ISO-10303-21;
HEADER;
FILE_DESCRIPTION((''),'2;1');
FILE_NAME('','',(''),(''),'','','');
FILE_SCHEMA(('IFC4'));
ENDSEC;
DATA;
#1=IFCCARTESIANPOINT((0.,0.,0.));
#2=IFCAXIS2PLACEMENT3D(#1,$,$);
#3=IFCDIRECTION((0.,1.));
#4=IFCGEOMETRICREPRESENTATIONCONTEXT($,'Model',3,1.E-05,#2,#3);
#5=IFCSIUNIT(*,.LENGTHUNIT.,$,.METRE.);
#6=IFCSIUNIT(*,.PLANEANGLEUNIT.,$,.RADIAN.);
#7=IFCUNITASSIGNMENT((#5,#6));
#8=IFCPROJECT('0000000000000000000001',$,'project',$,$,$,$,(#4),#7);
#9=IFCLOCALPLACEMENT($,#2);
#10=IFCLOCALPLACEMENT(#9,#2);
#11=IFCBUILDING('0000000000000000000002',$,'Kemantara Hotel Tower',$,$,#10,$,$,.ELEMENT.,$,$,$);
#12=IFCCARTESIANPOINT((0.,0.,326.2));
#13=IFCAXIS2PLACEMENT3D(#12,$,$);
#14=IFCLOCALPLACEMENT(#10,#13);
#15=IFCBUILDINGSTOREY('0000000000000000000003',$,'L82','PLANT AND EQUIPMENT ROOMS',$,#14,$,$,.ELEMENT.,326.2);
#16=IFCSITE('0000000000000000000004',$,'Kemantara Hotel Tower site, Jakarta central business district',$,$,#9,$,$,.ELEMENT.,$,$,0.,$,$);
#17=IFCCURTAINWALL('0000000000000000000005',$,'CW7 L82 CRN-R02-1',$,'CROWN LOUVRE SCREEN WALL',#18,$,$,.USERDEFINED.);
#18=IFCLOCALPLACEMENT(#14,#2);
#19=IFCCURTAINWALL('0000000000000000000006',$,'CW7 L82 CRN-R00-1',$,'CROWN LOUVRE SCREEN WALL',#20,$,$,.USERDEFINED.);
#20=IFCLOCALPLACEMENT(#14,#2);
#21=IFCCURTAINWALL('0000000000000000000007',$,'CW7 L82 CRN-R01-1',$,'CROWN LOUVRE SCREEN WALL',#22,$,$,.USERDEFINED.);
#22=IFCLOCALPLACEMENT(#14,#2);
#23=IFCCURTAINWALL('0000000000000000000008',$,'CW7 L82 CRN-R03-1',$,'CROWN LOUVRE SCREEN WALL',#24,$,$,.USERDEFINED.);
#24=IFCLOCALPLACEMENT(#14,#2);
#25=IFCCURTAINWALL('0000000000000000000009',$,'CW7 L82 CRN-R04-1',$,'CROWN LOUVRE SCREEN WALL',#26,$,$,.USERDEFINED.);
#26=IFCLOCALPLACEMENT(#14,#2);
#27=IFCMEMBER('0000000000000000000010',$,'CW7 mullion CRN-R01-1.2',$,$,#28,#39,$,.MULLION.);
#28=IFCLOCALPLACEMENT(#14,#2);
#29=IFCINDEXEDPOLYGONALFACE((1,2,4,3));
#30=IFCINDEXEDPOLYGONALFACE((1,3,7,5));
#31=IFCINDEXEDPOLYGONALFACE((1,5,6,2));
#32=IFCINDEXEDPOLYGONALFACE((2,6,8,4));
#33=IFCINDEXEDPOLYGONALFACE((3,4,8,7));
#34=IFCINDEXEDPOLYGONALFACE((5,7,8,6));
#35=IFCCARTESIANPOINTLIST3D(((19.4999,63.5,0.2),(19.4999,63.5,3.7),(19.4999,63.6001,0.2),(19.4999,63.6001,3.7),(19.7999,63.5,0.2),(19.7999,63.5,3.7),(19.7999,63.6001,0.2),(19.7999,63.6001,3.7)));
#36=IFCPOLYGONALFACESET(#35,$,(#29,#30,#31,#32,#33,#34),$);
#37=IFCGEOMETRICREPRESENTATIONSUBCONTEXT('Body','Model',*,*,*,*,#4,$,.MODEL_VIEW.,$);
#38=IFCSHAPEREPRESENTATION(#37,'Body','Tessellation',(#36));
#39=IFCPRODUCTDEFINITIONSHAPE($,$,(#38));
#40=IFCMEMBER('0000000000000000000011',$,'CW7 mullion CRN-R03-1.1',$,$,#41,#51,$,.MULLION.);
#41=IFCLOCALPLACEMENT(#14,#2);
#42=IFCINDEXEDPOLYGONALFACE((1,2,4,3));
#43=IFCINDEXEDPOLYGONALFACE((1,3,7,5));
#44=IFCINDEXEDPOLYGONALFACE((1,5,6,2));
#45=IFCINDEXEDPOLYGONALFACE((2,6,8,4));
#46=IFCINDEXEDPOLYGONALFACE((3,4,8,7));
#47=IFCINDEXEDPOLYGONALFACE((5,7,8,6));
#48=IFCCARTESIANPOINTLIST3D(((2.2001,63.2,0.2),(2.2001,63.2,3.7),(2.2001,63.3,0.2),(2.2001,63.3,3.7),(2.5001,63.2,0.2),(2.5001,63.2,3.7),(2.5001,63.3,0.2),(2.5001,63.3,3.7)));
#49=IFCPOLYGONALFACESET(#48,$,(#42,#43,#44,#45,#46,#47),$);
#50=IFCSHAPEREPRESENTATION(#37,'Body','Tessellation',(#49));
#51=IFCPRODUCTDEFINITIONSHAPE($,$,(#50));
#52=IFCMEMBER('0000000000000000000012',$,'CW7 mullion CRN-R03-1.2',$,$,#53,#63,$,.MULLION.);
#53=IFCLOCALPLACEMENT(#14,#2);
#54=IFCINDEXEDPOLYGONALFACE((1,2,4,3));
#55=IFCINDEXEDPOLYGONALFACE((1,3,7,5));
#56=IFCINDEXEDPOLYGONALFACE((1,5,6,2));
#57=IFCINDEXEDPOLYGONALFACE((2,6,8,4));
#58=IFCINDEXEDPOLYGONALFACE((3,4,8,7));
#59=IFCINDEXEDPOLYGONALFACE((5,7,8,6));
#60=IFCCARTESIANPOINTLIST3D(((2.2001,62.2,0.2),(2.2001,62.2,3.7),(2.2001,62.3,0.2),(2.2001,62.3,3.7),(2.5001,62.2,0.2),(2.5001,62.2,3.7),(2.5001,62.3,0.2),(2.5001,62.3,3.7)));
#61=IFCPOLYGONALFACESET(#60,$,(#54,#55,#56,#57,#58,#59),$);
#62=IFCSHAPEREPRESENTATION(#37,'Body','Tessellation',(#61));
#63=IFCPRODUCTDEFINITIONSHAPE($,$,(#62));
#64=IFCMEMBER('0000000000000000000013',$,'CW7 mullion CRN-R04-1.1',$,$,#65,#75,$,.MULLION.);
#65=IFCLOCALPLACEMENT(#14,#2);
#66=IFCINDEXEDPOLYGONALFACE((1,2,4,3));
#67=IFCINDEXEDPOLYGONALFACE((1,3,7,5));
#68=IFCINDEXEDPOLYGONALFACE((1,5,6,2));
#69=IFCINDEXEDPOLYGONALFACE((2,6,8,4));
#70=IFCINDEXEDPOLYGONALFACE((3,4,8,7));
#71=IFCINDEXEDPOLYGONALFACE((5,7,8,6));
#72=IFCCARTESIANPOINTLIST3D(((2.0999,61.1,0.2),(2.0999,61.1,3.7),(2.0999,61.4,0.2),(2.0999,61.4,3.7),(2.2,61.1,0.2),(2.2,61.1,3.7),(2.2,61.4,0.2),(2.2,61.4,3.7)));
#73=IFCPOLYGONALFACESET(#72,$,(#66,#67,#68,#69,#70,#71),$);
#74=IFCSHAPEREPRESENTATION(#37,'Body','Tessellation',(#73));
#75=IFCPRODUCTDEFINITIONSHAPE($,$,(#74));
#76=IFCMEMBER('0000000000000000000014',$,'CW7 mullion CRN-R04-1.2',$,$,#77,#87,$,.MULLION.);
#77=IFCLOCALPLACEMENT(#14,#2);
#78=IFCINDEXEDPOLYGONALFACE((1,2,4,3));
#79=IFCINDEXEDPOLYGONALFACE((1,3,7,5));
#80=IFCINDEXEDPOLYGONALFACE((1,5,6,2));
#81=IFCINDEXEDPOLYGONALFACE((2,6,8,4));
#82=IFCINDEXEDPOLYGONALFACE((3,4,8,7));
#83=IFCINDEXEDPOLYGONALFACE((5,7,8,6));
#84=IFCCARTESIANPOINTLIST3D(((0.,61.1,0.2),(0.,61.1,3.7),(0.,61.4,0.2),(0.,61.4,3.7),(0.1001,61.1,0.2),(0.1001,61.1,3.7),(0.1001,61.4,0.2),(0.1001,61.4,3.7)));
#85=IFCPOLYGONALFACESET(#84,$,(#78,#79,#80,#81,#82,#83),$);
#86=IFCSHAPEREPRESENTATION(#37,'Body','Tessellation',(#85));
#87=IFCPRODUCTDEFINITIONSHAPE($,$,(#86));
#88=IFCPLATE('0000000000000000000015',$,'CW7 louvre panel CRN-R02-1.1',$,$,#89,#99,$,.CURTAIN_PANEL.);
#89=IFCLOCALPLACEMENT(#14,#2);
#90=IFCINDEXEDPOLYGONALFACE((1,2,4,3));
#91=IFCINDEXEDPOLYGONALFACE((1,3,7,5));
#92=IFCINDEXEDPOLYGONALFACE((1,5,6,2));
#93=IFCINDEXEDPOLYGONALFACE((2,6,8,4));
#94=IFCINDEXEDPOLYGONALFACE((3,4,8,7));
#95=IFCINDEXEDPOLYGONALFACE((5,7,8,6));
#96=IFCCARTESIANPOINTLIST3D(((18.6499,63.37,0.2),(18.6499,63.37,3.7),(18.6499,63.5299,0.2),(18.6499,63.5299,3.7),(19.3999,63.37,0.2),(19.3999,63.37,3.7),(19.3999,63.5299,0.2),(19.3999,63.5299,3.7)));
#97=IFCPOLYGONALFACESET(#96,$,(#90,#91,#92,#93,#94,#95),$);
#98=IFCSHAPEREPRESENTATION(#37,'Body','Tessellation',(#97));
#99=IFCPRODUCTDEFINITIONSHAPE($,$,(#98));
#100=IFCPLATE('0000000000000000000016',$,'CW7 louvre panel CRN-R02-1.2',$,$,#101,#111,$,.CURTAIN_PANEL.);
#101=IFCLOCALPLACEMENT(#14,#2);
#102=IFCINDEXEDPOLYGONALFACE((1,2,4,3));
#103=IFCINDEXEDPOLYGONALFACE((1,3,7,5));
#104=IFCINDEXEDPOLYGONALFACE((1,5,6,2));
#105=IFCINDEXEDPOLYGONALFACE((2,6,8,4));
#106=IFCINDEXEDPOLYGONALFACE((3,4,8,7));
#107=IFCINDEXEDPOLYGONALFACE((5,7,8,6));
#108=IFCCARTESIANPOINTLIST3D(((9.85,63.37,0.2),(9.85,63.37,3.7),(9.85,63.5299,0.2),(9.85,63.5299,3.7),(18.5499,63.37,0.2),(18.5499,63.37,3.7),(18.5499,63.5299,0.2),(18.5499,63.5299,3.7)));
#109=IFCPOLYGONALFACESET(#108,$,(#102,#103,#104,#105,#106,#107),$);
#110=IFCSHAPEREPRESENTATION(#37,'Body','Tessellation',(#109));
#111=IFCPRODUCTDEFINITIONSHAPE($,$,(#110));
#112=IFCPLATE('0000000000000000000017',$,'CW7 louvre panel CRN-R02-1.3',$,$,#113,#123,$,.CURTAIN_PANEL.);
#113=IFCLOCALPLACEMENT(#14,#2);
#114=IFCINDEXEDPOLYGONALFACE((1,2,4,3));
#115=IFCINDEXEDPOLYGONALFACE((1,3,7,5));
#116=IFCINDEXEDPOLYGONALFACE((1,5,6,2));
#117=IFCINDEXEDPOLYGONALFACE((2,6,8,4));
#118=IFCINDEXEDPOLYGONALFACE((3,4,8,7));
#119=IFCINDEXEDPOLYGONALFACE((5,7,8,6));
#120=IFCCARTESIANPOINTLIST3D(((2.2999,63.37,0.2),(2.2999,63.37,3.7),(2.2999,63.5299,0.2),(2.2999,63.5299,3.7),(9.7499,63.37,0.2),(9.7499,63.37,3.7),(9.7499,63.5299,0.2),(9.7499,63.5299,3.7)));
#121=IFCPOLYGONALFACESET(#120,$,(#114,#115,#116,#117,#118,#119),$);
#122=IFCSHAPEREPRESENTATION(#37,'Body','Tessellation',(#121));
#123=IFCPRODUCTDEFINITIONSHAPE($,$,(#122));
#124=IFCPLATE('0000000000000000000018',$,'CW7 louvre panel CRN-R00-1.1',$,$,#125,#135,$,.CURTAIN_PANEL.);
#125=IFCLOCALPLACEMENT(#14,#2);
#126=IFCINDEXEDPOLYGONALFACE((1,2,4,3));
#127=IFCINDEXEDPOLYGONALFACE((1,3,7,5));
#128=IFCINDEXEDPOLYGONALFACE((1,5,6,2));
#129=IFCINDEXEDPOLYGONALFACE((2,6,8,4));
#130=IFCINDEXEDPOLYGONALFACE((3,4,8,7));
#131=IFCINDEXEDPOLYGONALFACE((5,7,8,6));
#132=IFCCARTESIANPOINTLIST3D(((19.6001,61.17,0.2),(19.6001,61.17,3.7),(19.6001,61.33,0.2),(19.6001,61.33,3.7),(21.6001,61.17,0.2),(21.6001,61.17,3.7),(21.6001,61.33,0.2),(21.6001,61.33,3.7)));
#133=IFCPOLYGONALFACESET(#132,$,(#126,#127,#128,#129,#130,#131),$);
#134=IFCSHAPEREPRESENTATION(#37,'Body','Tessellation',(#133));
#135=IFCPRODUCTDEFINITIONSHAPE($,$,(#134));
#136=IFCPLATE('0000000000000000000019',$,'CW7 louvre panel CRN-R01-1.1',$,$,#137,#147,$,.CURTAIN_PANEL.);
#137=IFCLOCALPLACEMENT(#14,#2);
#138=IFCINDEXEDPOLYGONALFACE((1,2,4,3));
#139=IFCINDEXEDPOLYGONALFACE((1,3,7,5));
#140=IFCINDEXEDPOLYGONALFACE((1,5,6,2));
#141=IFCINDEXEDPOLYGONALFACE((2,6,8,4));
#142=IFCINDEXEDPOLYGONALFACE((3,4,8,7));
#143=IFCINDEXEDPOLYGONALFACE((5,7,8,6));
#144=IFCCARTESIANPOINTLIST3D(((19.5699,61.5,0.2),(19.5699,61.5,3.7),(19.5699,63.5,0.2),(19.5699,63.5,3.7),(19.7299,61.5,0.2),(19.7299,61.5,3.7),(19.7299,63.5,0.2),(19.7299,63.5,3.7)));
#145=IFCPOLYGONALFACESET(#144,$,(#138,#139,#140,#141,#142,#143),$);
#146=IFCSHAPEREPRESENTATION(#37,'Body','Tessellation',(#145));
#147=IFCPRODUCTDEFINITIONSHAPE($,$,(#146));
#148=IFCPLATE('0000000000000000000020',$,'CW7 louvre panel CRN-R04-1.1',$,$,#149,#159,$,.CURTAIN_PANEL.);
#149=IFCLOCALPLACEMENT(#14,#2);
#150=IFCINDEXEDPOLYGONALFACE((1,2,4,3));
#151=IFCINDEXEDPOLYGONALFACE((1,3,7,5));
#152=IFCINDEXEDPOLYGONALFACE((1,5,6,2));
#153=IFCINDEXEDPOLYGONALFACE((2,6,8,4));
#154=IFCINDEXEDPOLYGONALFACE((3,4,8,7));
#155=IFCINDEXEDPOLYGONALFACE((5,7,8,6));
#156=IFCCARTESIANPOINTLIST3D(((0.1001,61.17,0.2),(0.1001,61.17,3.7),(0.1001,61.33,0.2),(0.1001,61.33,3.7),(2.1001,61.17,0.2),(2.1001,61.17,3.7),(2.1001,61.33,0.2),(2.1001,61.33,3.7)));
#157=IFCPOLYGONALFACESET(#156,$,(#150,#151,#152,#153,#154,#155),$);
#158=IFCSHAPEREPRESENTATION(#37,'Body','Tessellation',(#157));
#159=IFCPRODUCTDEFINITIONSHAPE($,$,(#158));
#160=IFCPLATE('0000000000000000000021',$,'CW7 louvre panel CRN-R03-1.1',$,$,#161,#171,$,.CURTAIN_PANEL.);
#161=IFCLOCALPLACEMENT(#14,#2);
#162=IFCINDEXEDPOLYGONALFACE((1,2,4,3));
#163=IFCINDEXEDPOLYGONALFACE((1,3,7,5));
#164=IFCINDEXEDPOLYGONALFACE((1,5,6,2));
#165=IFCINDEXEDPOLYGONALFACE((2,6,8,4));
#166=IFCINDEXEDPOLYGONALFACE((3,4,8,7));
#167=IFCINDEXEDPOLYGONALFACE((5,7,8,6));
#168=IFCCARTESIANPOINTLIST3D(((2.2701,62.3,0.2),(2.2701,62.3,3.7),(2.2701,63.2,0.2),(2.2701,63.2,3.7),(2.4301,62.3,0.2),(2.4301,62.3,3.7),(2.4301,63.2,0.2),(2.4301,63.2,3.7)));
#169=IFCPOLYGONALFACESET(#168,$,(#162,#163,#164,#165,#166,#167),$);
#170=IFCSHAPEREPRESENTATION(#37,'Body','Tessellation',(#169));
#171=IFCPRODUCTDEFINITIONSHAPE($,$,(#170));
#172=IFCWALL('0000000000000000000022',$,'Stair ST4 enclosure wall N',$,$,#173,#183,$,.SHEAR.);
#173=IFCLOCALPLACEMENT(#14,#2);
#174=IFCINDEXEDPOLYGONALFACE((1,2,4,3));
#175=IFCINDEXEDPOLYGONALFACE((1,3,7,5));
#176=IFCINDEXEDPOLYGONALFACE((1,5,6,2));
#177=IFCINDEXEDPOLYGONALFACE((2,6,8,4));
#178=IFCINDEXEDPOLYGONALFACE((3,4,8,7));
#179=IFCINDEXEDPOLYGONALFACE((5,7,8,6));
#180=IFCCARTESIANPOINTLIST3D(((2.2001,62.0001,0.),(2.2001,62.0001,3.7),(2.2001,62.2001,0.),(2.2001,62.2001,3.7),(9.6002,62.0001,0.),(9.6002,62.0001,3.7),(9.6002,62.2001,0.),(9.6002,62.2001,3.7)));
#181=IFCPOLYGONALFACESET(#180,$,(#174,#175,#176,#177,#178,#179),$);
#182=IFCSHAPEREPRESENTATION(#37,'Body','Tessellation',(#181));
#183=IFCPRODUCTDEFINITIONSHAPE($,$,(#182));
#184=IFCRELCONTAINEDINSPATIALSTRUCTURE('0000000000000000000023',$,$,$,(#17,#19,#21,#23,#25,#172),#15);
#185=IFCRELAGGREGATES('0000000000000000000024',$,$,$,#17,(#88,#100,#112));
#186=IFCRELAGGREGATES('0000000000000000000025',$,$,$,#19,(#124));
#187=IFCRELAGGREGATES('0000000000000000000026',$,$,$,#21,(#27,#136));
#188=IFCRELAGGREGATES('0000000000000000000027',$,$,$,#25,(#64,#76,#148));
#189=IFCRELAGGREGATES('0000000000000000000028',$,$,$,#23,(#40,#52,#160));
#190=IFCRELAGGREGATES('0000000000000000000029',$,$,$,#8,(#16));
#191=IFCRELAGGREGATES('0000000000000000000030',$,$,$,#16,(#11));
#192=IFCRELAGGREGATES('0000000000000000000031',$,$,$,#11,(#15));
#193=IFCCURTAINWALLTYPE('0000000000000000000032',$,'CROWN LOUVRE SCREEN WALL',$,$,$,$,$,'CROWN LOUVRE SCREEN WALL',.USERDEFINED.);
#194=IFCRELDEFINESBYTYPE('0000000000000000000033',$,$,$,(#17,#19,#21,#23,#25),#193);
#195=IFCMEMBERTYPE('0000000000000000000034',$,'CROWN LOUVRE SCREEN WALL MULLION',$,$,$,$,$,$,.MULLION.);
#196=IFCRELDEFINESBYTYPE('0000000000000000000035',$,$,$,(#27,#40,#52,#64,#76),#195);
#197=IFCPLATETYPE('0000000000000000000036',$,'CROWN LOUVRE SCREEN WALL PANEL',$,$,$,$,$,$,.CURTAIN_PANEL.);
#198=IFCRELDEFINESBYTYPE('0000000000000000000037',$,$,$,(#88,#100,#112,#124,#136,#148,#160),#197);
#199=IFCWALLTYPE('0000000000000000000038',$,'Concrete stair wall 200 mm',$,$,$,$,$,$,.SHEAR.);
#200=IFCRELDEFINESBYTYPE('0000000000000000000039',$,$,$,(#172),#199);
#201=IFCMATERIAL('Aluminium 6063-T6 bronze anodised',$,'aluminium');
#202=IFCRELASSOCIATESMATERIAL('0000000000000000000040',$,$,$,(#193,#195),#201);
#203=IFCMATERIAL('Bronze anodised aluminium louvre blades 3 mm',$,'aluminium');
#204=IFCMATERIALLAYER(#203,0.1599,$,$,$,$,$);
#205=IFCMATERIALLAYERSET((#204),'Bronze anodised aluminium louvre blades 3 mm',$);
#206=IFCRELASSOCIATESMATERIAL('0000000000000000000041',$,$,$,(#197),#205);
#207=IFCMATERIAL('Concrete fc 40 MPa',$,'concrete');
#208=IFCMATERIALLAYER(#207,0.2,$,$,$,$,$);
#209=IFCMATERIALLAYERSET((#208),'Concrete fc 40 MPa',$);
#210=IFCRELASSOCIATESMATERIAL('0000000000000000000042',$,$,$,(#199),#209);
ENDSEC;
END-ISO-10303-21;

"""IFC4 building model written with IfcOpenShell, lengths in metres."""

from ifc_helpers import new_model, si_unit, direction, frame, frame_2d, origin, origin_2d, place, context, subcontext, project, spatial, rectangle, extrude, source, transform, mapped, material, layer, layer_set, material_profile, profile_set, type_object, element, aggregate, save


model = new_model("IFC4")

# Units and contexts
model_context = context("Model", 3, precision=1e-05, world=origin(), true_north=direction((0.0, 1.0)))
body_context = subcontext(model_context, "Body", "Model", "MODEL_VIEW")
ifc_project = project(units=[si_unit("LENGTHUNIT", "METRE"), si_unit("PLANEANGLEUNIT", "RADIAN")], contexts=[model_context])

# Site, building, storey
site_placement = place(None, origin())
site = spatial("IfcSite", under=ifc_project, at=site_placement, Name="Kemantara Hotel Tower site, Jakarta central business district", CompositionType="ELEMENT", RefElevation=0.0)
building_placement = place(site_placement, origin())
building = spatial("IfcBuilding", under=site, at=building_placement, Name="Kemantara Hotel Tower", CompositionType="ELEMENT")
storey_placement = place(building_placement, frame((0.0, 0.0, 326.2)))
storey = spatial("IfcBuildingStorey", under=building, at=storey_placement, Name="L82", Description="PLANT AND EQUIPMENT ROOMS", CompositionType="ELEMENT", Elevation=326.2)

# Curtain walls
ifc_material_1 = material(Name="Aluminium 6063-T6 bronze anodised", Category="aluminium")
curtain_wall_type = type_object("IfcCurtainWallType", Name="CROWN LOUVRE SCREEN WALL", ElementType="CROWN LOUVRE SCREEN WALL", PredefinedType="USERDEFINED", material=ifc_material_1)
curtain_wall_1_placement = place(storey_placement, origin())
curtain_wall_1 = element("IfcCurtainWall", 1, at=curtain_wall_1_placement, inside=storey, type_object=curtain_wall_type, Name="CW7 L82 CRN-R02-1", ObjectType="CROWN LOUVRE SCREEN WALL", PredefinedType="USERDEFINED")
curtain_wall_2_placement = place(storey_placement, origin())
curtain_wall_2 = element("IfcCurtainWall", 2, at=curtain_wall_2_placement, inside=storey, type_object=curtain_wall_type, Name="CW7 L82 CRN-R00-1", ObjectType="CROWN LOUVRE SCREEN WALL", PredefinedType="USERDEFINED")
curtain_wall_3_placement = place(storey_placement, origin())
curtain_wall_3 = element("IfcCurtainWall", 3, at=curtain_wall_3_placement, inside=storey, type_object=curtain_wall_type, Name="CW7 L82 CRN-R01-1", ObjectType="CROWN LOUVRE SCREEN WALL", PredefinedType="USERDEFINED")
curtain_wall_4_placement = place(storey_placement, origin())
curtain_wall_4 = element("IfcCurtainWall", 4, at=curtain_wall_4_placement, inside=storey, type_object=curtain_wall_type, Name="CW7 L82 CRN-R03-1", ObjectType="CROWN LOUVRE SCREEN WALL", PredefinedType="USERDEFINED")
curtain_wall_5_placement = place(storey_placement, origin())
curtain_wall_5 = element("IfcCurtainWall", 5, at=curtain_wall_5_placement, inside=storey, type_object=curtain_wall_type, Name="CW7 L82 CRN-R04-1", ObjectType="CROWN LOUVRE SCREEN WALL", PredefinedType="USERDEFINED")

# Shared definitions
ifc_material_profile_1 = material_profile(ifc_material_1, rectangle(XDim=0.3, YDim=0.1001, at=origin_2d()), Name="CROWN LOUVRE SCREEN WALL MULLION")
ifc_profile_set_1 = profile_set([ifc_material_profile_1], Name="Aluminium 6063-T6 bronze anodised")
member_type_1 = type_object("IfcMemberType", Name="CROWN LOUVRE SCREEN WALL MULLION", PredefinedType="MULLION", material=ifc_profile_set_1)
shared_shape_1 = source(origin(), body_context, "Body", "SweptSolid", [
    extrude(rectangle(XDim=0.3, YDim=0.1001, at=origin_2d()), origin(), (0.0, 0.0, 1.0), 3.5),
])

# Members
member_1_placement = place(storey_placement, frame((19.6499, 63.55, 0.2), z_axis=(0.0, 0.0, 1.0), x_axis=(-1.0, 0.0, 0.0)))
member_1 = element("IfcMember", 6, at=member_1_placement, type_object=member_type_1, Name="CW7 mullion CRN-R01-1.2", PredefinedType="MULLION", context=body_context, shape_type="MappedRepresentation", body=[
    mapped(shared_shape_1, transform((0.0, 0.0, 0.0))),
])
member_2_placement = place(storey_placement, frame((2.3501, 63.25, 0.2), z_axis=(0.0, 0.0, 1.0), x_axis=(1.0, 0.0, 0.0)))
member_2 = element("IfcMember", 7, at=member_2_placement, type_object=member_type_1, Name="CW7 mullion CRN-R03-1.1", PredefinedType="MULLION", context=body_context, shape_type="MappedRepresentation", body=[
    mapped(shared_shape_1, transform((0.0, 0.0, 0.0))),
])
member_3_placement = place(storey_placement, frame((2.3501, 62.25, 0.2), z_axis=(0.0, 0.0, 1.0), x_axis=(1.0, 0.0, 0.0)))
member_3 = element("IfcMember", 8, at=member_3_placement, type_object=member_type_1, Name="CW7 mullion CRN-R03-1.2", PredefinedType="MULLION", context=body_context, shape_type="MappedRepresentation", body=[
    mapped(shared_shape_1, transform((0.0, 0.0, 0.0))),
])
member_4_placement = place(storey_placement, frame((2.1499, 61.25, 0.2), z_axis=(0.0, 0.0, 1.0), x_axis=(0.0, -1.0, 0.0)))
member_4 = element("IfcMember", 9, at=member_4_placement, type_object=member_type_1, Name="CW7 mullion CRN-R04-1.1", PredefinedType="MULLION", context=body_context, shape_type="MappedRepresentation", body=[
    mapped(shared_shape_1, transform((0.0, 0.0, 0.0))),
])
member_5_placement = place(storey_placement, frame((0.05, 61.25, 0.2), z_axis=(0.0, 0.0, 1.0), x_axis=(0.0, -1.0, 0.0)))
member_5 = element("IfcMember", 10, at=member_5_placement, type_object=member_type_1, Name="CW7 mullion CRN-R04-1.2", PredefinedType="MULLION", context=body_context, shape_type="MappedRepresentation", body=[
    mapped(shared_shape_1, transform((0.0, 0.0, 0.0))),
])

# Plates
ifc_material_2 = material(Name="Bronze anodised aluminium louvre blades 3 mm", Category="aluminium")
ifc_layer_1 = layer(ifc_material_2, 0.1599)
ifc_layer_set_1 = layer_set([ifc_layer_1], Name="Bronze anodised aluminium louvre blades 3 mm")
plate_type = type_object("IfcPlateType", Name="CROWN LOUVRE SCREEN WALL PANEL", PredefinedType="CURTAIN_PANEL", material=ifc_layer_set_1)
shared_shape_2 = source(origin(), body_context, "Body", "SweptSolid", [
    extrude(rectangle(XDim=0.75, YDim=0.1599, at=origin_2d()), origin(), (0.0, 0.0, 1.0), 3.5),
])
plate_1_placement = place(storey_placement, frame((19.0249, 63.45, 0.2), z_axis=(0.0, 0.0, 1.0), x_axis=(-1.0, 0.0, 0.0)))
plate_1 = element("IfcPlate", 11, at=plate_1_placement, type_object=plate_type, Name="CW7 louvre panel CRN-R02-1.1", PredefinedType="CURTAIN_PANEL", context=body_context, shape_type="MappedRepresentation", body=[
    mapped(shared_shape_2, transform((0.0, 0.0, 0.0))),
])
shared_shape_3 = source(origin(), body_context, "Body", "SweptSolid", [
    extrude(rectangle(XDim=8.7, YDim=0.1599, at=origin_2d()), origin(), (0.0, 0.0, 1.0), 3.5),
])
plate_2_placement = place(storey_placement, frame((14.2, 63.45, 0.2), z_axis=(0.0, 0.0, 1.0), x_axis=(-1.0, 0.0, 0.0)))
plate_2 = element("IfcPlate", 12, at=plate_2_placement, type_object=plate_type, Name="CW7 louvre panel CRN-R02-1.2", PredefinedType="CURTAIN_PANEL", context=body_context, shape_type="MappedRepresentation", body=[
    mapped(shared_shape_3, transform((0.0, 0.0, 0.0))),
])
shared_shape_4 = source(origin(), body_context, "Body", "SweptSolid", [
    extrude(rectangle(XDim=7.45, YDim=0.1599, at=origin_2d()), origin(), (0.0, 0.0, 1.0), 3.5),
])
plate_3_placement = place(storey_placement, frame((6.0249, 63.45, 0.2), z_axis=(0.0, 0.0, 1.0), x_axis=(-1.0, 0.0, 0.0)))
plate_3 = element("IfcPlate", 13, at=plate_3_placement, type_object=plate_type, Name="CW7 louvre panel CRN-R02-1.3", PredefinedType="CURTAIN_PANEL", context=body_context, shape_type="MappedRepresentation", body=[
    mapped(shared_shape_4, transform((0.0, 0.0, 0.0))),
])
aggregate(curtain_wall_1, [plate_1, plate_2, plate_3])
shared_shape_5 = source(origin(), body_context, "Body", "SweptSolid", [
    extrude(rectangle(XDim=2.0, YDim=0.1599, at=origin_2d()), origin(), (0.0, 0.0, 1.0), 3.5),
])
plate_4_placement = place(storey_placement, frame((20.6001, 61.25, 0.2), z_axis=(0.0, 0.0, 1.0), x_axis=(-1.0, 0.0, 0.0)))
plate_4 = element("IfcPlate", 14, at=plate_4_placement, type_object=plate_type, Name="CW7 louvre panel CRN-R00-1.1", PredefinedType="CURTAIN_PANEL", context=body_context, shape_type="MappedRepresentation", body=[
    mapped(shared_shape_5, transform((0.0, 0.0, 0.0))),
])
aggregate(curtain_wall_2, [plate_4])
plate_5_placement = place(storey_placement, frame((19.6499, 62.5, 0.2), z_axis=(0.0, 0.0, 1.0), x_axis=(0.0, 1.0, 0.0)))
plate_5 = element("IfcPlate", 15, at=plate_5_placement, type_object=plate_type, Name="CW7 louvre panel CRN-R01-1.1", PredefinedType="CURTAIN_PANEL", context=body_context, shape_type="MappedRepresentation", body=[
    mapped(shared_shape_5, transform((0.0, 0.0, 0.0))),
])
aggregate(curtain_wall_3, [member_1, plate_5])
plate_6_placement = place(storey_placement, frame((1.1001, 61.25, 0.2), z_axis=(0.0, 0.0, 1.0), x_axis=(-1.0, 0.0, 0.0)))
plate_6 = element("IfcPlate", 16, at=plate_6_placement, type_object=plate_type, Name="CW7 louvre panel CRN-R04-1.1", PredefinedType="CURTAIN_PANEL", context=body_context, shape_type="MappedRepresentation", body=[
    mapped(shared_shape_5, transform((0.0, 0.0, 0.0))),
])
aggregate(curtain_wall_5, [member_4, member_5, plate_6])
shared_shape_6 = source(origin(), body_context, "Body", "SweptSolid", [
    extrude(rectangle(XDim=0.8999, YDim=0.1599, at=origin_2d()), origin(), (0.0, 0.0, 1.0), 3.5),
])
plate_7_placement = place(storey_placement, frame((2.3501, 62.75, 0.2), z_axis=(0.0, 0.0, 1.0), x_axis=(0.0, -1.0, 0.0)))
plate_7 = element("IfcPlate", 17, at=plate_7_placement, type_object=plate_type, Name="CW7 louvre panel CRN-R03-1.1", PredefinedType="CURTAIN_PANEL", context=body_context, shape_type="MappedRepresentation", body=[
    mapped(shared_shape_6, transform((0.0, 0.0, 0.0))),
])
aggregate(curtain_wall_4, [member_2, member_3, plate_7])

# Wall
ifc_material_3 = material(Name="Concrete fc 40 MPa", Category="concrete")
ifc_layer_2 = layer(ifc_material_3, 0.2)
ifc_layer_set_2 = layer_set([ifc_layer_2], Name="Concrete fc 40 MPa")
wall_type = type_object("IfcWallType", Name="Concrete stair wall 200 mm", PredefinedType="SHEAR", material=ifc_layer_set_2)
wall_placement = place(storey_placement, frame((2.2, 62.1001, 0.0), z_axis=(0.0, 0.0, 1.0), x_axis=(1.0, 0.0, 0.0)))
element("IfcWall", 18, at=wall_placement, inside=storey, type_object=wall_type, Name="Stair ST4 enclosure wall N", PredefinedType="SHEAR", context=body_context, shape_type="SweptSolid", body=[
    extrude(rectangle(XDim=7.4001, YDim=0.2, at=frame_2d((3.7002, 0.0))), origin(), (0.0, 0.0, 1.0), 3.7),
])

save(model, "model.ifc")
